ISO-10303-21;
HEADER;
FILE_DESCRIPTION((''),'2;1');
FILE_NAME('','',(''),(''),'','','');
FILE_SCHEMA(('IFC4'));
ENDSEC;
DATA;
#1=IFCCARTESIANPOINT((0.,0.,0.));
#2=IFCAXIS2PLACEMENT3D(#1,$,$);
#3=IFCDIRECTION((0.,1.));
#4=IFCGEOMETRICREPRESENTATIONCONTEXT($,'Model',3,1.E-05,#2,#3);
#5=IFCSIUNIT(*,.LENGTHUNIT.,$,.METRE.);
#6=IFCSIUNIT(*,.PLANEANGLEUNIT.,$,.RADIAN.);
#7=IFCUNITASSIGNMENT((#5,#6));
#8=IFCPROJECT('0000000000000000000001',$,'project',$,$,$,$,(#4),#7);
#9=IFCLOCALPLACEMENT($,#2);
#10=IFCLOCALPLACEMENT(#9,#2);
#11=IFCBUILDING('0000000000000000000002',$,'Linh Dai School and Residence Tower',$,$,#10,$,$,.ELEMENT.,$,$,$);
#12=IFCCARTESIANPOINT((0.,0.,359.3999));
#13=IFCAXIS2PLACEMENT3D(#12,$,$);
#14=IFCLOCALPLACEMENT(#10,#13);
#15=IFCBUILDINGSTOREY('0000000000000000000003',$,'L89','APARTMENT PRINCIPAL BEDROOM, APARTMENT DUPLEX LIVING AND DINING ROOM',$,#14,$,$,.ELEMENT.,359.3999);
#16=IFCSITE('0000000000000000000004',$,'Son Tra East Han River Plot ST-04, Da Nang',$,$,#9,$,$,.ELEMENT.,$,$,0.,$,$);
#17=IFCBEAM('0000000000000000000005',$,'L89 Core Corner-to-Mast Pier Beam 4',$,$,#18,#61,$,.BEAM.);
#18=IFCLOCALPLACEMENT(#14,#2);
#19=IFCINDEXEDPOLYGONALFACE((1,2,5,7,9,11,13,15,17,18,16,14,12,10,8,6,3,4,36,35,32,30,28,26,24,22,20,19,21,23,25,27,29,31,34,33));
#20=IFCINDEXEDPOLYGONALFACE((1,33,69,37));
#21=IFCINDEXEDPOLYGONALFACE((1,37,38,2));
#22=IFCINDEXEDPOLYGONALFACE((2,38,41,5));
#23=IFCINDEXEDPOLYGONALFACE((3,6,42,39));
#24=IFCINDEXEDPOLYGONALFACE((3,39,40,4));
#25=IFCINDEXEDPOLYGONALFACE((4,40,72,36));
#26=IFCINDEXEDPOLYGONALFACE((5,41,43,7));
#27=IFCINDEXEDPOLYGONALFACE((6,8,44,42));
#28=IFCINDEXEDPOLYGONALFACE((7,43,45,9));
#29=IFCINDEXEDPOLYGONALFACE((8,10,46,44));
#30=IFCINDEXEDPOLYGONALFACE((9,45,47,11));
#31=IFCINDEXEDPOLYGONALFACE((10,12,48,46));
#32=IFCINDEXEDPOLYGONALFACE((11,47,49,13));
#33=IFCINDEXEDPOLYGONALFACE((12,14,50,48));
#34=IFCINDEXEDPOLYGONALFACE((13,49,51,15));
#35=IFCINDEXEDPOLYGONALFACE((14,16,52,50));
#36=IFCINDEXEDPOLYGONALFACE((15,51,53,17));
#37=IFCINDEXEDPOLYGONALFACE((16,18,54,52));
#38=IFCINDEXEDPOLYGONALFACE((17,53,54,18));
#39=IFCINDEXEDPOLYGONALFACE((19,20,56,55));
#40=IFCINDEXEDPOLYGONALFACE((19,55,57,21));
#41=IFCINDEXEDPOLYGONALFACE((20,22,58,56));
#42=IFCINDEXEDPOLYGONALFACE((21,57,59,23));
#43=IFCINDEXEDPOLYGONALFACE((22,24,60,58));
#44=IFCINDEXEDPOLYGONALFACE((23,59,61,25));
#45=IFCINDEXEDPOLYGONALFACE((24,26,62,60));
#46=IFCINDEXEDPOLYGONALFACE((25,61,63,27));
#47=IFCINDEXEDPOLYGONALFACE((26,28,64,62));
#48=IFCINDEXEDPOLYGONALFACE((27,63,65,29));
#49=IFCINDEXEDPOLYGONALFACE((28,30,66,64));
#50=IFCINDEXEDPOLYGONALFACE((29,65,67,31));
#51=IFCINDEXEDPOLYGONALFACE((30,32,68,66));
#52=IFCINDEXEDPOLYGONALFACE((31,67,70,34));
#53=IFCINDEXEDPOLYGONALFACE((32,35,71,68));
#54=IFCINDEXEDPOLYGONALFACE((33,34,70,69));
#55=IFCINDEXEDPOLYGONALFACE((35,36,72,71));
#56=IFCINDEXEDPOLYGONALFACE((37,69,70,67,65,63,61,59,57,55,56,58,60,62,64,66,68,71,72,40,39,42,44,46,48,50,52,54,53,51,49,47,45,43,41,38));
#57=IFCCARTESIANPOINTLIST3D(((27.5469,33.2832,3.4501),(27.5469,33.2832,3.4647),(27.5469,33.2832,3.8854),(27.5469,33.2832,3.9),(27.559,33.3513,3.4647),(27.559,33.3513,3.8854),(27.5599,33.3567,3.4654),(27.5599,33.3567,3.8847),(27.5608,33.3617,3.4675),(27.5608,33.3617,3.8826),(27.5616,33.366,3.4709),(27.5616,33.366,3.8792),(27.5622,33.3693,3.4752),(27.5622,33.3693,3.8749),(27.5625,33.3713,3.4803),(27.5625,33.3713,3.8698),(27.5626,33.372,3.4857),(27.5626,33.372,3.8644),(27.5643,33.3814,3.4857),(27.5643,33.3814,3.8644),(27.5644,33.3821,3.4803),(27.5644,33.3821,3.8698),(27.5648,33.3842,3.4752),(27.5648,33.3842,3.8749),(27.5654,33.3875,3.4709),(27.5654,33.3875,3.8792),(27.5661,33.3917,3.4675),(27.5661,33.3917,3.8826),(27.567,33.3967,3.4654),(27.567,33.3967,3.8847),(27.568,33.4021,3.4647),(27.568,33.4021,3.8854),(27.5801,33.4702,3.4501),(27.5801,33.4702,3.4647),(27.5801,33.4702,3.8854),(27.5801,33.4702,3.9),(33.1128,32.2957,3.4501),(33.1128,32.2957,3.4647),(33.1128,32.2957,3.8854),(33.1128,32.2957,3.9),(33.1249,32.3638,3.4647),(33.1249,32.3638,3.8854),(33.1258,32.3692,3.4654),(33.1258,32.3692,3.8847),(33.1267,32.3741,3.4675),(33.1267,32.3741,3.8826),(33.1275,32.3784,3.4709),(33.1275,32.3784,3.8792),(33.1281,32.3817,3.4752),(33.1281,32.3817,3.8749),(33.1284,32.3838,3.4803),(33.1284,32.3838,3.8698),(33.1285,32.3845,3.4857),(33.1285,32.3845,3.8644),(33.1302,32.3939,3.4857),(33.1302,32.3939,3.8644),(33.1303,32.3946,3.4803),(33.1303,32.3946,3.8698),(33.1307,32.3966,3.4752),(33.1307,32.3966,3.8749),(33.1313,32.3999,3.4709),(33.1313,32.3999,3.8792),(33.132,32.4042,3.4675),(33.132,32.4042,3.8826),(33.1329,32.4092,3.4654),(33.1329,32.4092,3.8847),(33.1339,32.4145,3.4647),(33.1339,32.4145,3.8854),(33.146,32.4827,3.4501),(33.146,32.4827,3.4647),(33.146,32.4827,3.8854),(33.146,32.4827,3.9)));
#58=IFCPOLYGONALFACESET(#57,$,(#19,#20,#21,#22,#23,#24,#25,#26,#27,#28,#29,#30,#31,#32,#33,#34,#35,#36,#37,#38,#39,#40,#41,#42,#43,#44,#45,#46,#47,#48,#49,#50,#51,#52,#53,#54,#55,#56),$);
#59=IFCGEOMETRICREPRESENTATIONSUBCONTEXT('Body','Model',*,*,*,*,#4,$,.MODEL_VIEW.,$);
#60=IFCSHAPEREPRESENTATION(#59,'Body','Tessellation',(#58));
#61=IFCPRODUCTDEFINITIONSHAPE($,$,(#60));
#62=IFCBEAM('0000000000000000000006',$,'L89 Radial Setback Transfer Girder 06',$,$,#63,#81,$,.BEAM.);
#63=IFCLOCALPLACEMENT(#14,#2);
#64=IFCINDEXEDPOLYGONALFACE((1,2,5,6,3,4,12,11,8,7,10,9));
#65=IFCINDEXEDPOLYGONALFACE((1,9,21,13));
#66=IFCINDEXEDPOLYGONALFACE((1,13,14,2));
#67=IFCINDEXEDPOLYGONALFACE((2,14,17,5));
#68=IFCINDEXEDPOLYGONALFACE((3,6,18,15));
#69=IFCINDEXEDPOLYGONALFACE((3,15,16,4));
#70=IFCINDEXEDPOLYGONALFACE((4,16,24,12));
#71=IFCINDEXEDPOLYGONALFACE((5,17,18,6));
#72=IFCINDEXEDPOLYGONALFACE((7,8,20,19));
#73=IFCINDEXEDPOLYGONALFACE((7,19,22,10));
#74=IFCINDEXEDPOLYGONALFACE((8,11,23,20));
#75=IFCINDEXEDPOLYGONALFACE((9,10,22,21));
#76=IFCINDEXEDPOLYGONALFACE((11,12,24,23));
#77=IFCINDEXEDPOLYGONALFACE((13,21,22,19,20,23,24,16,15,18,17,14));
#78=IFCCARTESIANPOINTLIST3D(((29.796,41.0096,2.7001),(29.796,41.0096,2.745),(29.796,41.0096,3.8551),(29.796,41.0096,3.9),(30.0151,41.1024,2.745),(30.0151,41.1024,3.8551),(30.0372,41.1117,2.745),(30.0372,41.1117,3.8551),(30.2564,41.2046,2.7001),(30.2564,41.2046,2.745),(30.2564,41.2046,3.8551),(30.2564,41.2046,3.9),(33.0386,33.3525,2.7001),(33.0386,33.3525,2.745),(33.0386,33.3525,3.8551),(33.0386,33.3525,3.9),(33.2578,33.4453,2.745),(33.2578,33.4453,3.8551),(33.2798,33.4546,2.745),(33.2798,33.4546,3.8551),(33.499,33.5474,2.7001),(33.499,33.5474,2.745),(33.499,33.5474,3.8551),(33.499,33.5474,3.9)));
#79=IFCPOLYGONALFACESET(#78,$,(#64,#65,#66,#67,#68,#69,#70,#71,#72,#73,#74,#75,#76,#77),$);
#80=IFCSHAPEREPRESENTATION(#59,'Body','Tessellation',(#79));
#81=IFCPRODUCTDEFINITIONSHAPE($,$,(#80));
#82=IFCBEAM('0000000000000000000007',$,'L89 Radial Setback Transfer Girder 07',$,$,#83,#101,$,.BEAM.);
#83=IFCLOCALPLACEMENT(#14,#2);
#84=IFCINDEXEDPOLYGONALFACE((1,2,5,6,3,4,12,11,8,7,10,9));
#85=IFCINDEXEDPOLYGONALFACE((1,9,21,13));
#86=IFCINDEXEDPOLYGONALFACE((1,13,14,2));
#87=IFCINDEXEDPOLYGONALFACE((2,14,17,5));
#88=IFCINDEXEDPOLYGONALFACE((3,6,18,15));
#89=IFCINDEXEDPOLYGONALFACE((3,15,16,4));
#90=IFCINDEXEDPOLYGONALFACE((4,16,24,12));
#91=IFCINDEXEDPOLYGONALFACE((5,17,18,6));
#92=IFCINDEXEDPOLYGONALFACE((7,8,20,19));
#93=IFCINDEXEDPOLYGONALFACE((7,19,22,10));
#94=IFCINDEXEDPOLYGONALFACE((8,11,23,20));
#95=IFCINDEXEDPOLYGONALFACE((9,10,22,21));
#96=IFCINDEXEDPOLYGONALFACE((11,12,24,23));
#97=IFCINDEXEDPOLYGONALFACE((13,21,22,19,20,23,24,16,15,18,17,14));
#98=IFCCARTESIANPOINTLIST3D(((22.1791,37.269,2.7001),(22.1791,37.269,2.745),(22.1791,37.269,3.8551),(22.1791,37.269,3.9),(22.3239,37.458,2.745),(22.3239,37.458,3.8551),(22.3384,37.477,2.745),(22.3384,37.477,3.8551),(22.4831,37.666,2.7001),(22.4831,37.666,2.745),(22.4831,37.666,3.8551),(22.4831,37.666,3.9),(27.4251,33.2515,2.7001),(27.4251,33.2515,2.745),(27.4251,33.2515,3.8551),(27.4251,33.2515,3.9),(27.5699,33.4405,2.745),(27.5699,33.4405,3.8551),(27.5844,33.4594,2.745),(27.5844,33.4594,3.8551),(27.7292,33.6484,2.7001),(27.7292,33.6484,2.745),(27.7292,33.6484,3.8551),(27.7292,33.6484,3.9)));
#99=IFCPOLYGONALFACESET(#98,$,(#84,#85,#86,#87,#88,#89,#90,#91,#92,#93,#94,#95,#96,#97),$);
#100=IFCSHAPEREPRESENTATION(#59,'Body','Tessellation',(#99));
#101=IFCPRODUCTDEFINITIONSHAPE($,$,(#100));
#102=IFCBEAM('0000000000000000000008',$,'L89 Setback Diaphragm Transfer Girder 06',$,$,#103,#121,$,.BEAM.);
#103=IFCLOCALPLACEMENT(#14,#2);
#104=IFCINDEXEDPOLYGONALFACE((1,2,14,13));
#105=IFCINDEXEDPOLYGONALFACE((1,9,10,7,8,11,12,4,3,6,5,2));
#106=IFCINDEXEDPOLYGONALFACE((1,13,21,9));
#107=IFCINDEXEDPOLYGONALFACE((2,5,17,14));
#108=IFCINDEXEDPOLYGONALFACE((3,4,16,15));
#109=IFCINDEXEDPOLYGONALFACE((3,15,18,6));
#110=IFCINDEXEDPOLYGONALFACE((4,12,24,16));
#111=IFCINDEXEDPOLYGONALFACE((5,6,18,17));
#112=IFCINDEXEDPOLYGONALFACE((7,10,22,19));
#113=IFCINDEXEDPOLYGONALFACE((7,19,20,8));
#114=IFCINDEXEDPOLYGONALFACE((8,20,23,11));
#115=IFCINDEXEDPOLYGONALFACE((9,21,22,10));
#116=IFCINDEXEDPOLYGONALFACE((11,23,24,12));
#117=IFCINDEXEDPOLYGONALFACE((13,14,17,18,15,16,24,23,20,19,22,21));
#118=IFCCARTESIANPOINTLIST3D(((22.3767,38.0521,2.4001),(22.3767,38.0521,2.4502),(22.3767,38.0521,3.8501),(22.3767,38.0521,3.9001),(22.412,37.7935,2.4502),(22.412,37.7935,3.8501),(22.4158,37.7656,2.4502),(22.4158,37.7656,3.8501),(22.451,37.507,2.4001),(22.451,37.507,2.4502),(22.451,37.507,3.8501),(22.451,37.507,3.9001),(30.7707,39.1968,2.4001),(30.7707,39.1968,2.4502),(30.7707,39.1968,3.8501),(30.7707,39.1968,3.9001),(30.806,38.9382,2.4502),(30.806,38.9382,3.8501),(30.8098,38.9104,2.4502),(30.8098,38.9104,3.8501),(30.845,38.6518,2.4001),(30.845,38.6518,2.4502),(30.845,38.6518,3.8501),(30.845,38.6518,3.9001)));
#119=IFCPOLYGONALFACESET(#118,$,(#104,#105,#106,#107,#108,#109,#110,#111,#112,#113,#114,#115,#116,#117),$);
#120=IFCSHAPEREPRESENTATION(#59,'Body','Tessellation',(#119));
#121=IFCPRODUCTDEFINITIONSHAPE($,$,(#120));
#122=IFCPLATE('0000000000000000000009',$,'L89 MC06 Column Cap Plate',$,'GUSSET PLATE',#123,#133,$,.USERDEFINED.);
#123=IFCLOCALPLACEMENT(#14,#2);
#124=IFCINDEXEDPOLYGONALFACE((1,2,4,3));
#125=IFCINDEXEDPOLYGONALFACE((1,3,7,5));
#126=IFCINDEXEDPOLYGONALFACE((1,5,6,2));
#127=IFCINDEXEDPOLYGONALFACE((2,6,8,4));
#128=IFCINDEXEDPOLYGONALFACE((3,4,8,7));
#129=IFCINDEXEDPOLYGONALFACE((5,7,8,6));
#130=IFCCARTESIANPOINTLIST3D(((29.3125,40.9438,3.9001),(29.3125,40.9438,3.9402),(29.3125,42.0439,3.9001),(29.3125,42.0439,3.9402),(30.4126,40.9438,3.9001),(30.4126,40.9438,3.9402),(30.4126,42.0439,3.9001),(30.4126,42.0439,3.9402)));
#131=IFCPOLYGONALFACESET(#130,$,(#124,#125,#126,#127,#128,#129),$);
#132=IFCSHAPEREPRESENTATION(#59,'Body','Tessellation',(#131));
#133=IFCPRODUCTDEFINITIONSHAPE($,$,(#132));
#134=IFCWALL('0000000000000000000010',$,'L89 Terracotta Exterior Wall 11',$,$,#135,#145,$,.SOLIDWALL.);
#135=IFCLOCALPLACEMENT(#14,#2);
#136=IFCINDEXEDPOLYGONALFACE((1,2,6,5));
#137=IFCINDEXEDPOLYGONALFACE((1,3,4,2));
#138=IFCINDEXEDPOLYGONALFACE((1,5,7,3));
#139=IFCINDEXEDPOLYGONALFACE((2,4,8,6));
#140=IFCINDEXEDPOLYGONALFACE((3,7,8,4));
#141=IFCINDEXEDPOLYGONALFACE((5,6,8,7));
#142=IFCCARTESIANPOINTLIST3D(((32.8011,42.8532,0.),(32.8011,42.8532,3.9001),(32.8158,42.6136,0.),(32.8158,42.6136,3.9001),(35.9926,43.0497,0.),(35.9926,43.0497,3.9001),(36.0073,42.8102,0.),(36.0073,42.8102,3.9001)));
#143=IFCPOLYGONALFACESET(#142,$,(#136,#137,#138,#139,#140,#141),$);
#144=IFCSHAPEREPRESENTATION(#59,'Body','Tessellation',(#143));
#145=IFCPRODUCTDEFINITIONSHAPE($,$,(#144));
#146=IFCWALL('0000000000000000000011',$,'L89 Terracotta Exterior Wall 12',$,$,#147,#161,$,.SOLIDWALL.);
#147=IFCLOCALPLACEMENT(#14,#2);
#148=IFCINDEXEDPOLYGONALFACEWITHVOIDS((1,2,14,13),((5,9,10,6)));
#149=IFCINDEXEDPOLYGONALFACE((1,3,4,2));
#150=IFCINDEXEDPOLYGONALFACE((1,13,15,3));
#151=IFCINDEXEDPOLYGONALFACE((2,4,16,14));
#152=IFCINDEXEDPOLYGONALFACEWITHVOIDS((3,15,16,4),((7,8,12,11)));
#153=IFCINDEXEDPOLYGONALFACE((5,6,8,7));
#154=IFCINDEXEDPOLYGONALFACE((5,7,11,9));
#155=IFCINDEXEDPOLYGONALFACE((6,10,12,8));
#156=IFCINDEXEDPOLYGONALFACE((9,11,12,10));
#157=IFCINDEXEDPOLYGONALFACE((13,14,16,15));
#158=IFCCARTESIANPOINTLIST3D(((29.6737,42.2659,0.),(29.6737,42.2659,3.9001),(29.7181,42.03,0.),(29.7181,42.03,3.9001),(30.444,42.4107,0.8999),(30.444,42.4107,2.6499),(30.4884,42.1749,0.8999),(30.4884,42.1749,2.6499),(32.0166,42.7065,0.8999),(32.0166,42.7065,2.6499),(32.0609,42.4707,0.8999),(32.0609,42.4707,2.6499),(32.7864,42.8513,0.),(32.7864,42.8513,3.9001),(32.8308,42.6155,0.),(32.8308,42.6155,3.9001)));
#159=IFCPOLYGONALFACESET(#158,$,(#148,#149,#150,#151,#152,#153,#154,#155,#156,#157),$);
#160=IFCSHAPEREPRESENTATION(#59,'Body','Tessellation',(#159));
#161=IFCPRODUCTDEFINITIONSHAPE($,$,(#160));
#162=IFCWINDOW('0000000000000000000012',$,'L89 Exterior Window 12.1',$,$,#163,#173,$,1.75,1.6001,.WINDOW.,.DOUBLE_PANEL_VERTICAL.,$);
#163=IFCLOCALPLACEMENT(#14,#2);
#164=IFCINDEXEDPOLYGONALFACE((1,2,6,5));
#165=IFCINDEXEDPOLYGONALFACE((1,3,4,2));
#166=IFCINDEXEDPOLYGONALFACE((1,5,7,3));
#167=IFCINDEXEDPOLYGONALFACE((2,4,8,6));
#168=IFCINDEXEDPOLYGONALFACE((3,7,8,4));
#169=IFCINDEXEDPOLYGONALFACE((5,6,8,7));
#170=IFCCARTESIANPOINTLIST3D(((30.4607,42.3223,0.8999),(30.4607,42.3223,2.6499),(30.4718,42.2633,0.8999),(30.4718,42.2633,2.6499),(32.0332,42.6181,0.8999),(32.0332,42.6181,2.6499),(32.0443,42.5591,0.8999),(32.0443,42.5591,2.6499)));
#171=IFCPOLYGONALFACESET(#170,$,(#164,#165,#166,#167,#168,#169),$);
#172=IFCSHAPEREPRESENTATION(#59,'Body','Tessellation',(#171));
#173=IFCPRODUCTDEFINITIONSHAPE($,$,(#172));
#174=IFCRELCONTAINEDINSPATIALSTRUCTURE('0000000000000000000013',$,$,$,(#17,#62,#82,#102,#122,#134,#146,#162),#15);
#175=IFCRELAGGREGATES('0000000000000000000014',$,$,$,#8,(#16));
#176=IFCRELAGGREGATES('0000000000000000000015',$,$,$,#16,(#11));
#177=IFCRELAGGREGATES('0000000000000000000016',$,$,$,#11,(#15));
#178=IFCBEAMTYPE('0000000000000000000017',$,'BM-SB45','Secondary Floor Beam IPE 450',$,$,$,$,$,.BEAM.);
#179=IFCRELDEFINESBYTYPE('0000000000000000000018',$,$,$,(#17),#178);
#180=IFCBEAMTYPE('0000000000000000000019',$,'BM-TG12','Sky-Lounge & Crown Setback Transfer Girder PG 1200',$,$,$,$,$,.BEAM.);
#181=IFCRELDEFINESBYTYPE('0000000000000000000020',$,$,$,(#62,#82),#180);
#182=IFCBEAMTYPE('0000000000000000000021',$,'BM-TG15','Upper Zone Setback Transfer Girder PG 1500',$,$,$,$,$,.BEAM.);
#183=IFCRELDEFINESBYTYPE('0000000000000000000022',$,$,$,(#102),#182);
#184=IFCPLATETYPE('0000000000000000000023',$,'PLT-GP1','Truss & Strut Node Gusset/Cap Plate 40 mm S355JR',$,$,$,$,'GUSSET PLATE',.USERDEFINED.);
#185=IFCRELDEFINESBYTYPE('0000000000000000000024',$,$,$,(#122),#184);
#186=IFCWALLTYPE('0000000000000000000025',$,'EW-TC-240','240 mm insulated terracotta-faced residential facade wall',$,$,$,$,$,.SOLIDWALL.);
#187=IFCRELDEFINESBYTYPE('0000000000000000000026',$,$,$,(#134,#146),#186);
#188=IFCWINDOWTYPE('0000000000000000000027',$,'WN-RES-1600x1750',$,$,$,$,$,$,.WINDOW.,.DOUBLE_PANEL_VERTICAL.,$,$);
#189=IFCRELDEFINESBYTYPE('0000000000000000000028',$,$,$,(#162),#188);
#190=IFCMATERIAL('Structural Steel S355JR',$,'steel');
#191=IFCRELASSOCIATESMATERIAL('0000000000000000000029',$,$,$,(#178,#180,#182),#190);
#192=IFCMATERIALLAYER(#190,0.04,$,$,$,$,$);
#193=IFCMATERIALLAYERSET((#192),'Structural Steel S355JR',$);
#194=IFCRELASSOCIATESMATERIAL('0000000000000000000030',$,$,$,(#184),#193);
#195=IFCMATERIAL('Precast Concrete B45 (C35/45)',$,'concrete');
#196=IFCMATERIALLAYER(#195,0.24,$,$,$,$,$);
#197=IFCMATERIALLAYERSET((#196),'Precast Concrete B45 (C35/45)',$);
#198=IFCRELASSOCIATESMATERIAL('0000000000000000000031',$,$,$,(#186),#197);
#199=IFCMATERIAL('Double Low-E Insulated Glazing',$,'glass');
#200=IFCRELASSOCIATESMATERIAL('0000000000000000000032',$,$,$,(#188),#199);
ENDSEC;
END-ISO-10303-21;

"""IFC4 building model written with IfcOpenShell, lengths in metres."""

from ifc_helpers import new_model, si_unit, direction, frame, frame_2d, origin, origin_2d, place, context, subcontext, project, spatial, rectangle, i_section, extrude, source, transform, mapped, material, layer, layer_set, material_profile, profile_set, type_object, element, fill, save


model = new_model("IFC4")

# Units and contexts
model_context = context("Model", 3, precision=1e-05, world=origin(), true_north=direction((0.0, 1.0)))
body_context = subcontext(model_context, "Body", "Model", "MODEL_VIEW")
ifc_project = project(units=[si_unit("LENGTHUNIT", "METRE"), si_unit("PLANEANGLEUNIT", "RADIAN")], contexts=[model_context])

# Site, building, storey
site_placement = place(None, origin())
site = spatial("IfcSite", under=ifc_project, at=site_placement, Name="Son Tra East Han River Plot ST-04, Da Nang", CompositionType="ELEMENT", RefElevation=0.0)
building_placement = place(site_placement, origin())
building = spatial("IfcBuilding", under=site, at=building_placement, Name="Linh Dai School and Residence Tower", CompositionType="ELEMENT")
storey_placement = place(building_placement, frame((0.0, 0.0, 359.3999)))
storey = spatial("IfcBuildingStorey", under=building, at=storey_placement, Name="L89", Description="APARTMENT PRINCIPAL BEDROOM, APARTMENT DUPLEX LIVING AND DINING ROOM", CompositionType="ELEMENT", Elevation=359.3999)

# Shared definitions
ifc_material_1 = material(Name="Structural Steel S355JR", Category="steel")

# Beams
ifc_material_profile_1 = material_profile(ifc_material_1, i_section(OverallWidth=0.1899, OverallDepth=0.45, WebThickness=0.0095, FlangeThickness=0.0146, FilletRadius=0.021, at=origin_2d()), Name="IPE 450")
ifc_profile_set_1 = profile_set([ifc_material_profile_1], Name="Structural Steel S355JR")
beam_type_1 = type_object("IfcBeamType", Name="BM-SB45", Description="Secondary Floor Beam IPE 450", PredefinedType="BEAM", material=ifc_profile_set_1)
beam_1_placement = place(storey_placement, frame((27.5635, 33.3767, 3.675), z_axis=(0.984622, -0.174699, 0.0), x_axis=(0.174699, 0.984622, 0.0)))
element("IfcBeam", 1, at=beam_1_placement, inside=storey, type_object=beam_type_1, Name="L89 Core Corner-to-Mast Pier Beam 4", PredefinedType="BEAM", context=body_context, shape_type="SweptSolid", body=[
    extrude(i_section(OverallWidth=0.1899, OverallDepth=0.45, WebThickness=0.0095, FlangeThickness=0.0146, FilletRadius=0.021, at=origin_2d()), origin(), (0.0, 0.0, 1.0), 5.6528),
])
ifc_material_profile_2 = material_profile(ifc_material_1, i_section(OverallWidth=0.5, OverallDepth=1.2, WebThickness=0.0239, FlangeThickness=0.0449, at=origin_2d()), Name="PG 1200x500x24x45")
ifc_profile_set_2 = profile_set([ifc_material_profile_2], Name="Structural Steel S355JR")
beam_type_2 = type_object("IfcBeamType", Name="BM-TG12", Description="Sky-Lounge & Crown Setback Transfer Girder PG 1200", PredefinedType="BEAM", material=ifc_profile_set_2)
beam_2_placement = place(storey_placement, frame((33.2688, 33.45, 3.3), z_axis=(-0.389954, 0.920834, 0.0), x_axis=(-0.920834, -0.389954, 0.0)))
element("IfcBeam", 2, at=beam_2_placement, inside=storey, type_object=beam_type_2, Name="L89 Radial Setback Transfer Girder 06", PredefinedType="BEAM", context=body_context, shape_type="SweptSolid", body=[
    extrude(i_section(OverallWidth=0.5, OverallDepth=1.2, WebThickness=0.0239, FlangeThickness=0.0449, at=origin_2d()), origin(), (0.0, 0.0, 1.0), 8.3154),
])
beam_3_placement = place(storey_placement, frame((27.5771, 33.45, 3.3), z_axis=(-0.79393, 0.608009, 0.0), x_axis=(-0.608009, -0.79393, 0.0)))
element("IfcBeam", 3, at=beam_3_placement, inside=storey, type_object=beam_type_2, Name="L89 Radial Setback Transfer Girder 07", PredefinedType="BEAM", context=body_context, shape_type="SweptSolid", body=[
    extrude(i_section(OverallWidth=0.5, OverallDepth=1.2, WebThickness=0.0239, FlangeThickness=0.0449, at=origin_2d()), origin(), (0.0, 0.0, 1.0), 6.6077),
])
ifc_material_profile_3 = material_profile(ifc_material_1, i_section(OverallWidth=0.55, OverallDepth=1.5, WebThickness=0.0281, FlangeThickness=0.05, at=origin_2d()), Name="PG 1500x550x28x50")
ifc_profile_set_3 = profile_set([ifc_material_profile_3], Name="Structural Steel S355JR")
beam_type_3 = type_object("IfcBeamType", Name="BM-TG15", Description="Upper Zone Setback Transfer Girder PG 1500", PredefinedType="BEAM", material=ifc_profile_set_3)
beam_4_placement = place(storey_placement, frame((30.8079, 38.9243, 3.1501), z_axis=(-0.990828, -0.135129, 0.0), x_axis=(0.135129, -0.990828, 0.0)))
element("IfcBeam", 4, at=beam_4_placement, inside=storey, type_object=beam_type_3, Name="L89 Setback Diaphragm Transfer Girder 06", PredefinedType="BEAM", context=body_context, shape_type="SweptSolid", body=[
    extrude(i_section(OverallWidth=0.55, OverallDepth=1.5, WebThickness=0.0281, FlangeThickness=0.05, at=origin_2d()), origin(), (0.0, 0.0, 1.0), 8.4717),
])

# Plate
ifc_layer_1 = layer(ifc_material_1, 0.04)
ifc_layer_set_1 = layer_set([ifc_layer_1], Name="Structural Steel S355JR")
plate_type = type_object("IfcPlateType", Name="PLT-GP1", Description="Truss & Strut Node Gusset/Cap Plate 40 mm S355JR", ElementType="GUSSET PLATE", PredefinedType="USERDEFINED", material=ifc_layer_set_1)
shared_shape_1 = source(origin(), body_context, "Body", "SweptSolid", [
    extrude(rectangle(XDim=1.1001, YDim=1.1001, at=origin_2d()), origin(), (0.0, 0.0, 1.0), 0.04),
])
plate_placement = place(storey_placement, frame((29.8625, 41.4939, 3.9001), z_axis=(0.0, 0.0, 1.0), x_axis=(1.0, 0.0, 0.0)))
element("IfcPlate", 5, at=plate_placement, inside=storey, type_object=plate_type, Name="L89 MC06 Column Cap Plate", ObjectType="GUSSET PLATE", PredefinedType="USERDEFINED", context=body_context, shape_type="MappedRepresentation", body=[
    mapped(shared_shape_1, transform((0.0, 0.0, 0.0), x_axis=(1.0, 0.0, 0.0), y_axis=(0.0, 1.0, 0.0), z_axis=(0.0, 0.0, 1.0), scale=1.0)),
])

# Wall
ifc_material_2 = material(Name="Precast Concrete B45 (C35/45)", Category="concrete")
ifc_layer_2 = layer(ifc_material_2, 0.24)
ifc_layer_set_2 = layer_set([ifc_layer_2], Name="Precast Concrete B45 (C35/45)")
wall_type_1 = type_object("IfcWallType", Name="EW-TC-240", Description="240 mm insulated terracotta-faced residential facade wall", PredefinedType="SOLIDWALL", material=ifc_layer_set_2)
wall_1_placement = place(storey_placement, frame((32.8086, 42.7334, 0.0), z_axis=(0.0, 0.0, 1.0), x_axis=(0.998109, 0.061466, 0.0)))
element("IfcWall", 6, at=wall_1_placement, inside=storey, type_object=wall_type_1, Name="L89 Terracotta Exterior Wall 11", PredefinedType="SOLIDWALL", context=body_context, shape_type="SweptSolid", body=[
    extrude(rectangle(XDim=3.1975, YDim=0.24, at=frame_2d((1.5986, 0.0))), origin(), (0.0, 0.0, 1.0), 3.9001),
])

# Wall, opening, window
wall_2_placement = place(storey_placement, frame((29.696, 42.1479, 0.0), z_axis=(0.0, 0.0, 1.0), x_axis=(0.982766, 0.184852, 0.0)))
wall_2 = element("IfcWall", 7, at=wall_2_placement, inside=storey, type_object=wall_type_1, Name="L89 Terracotta Exterior Wall 12", PredefinedType="SOLIDWALL", context=body_context, shape_type="SweptSolid", body=[
    extrude(rectangle(XDim=3.1672, YDim=0.24, at=frame_2d((1.5835, 0.0))), origin(), (0.0, 0.0, 1.0), 3.9001),
])
opening_1_placement = place(wall_2_placement, frame((0.7837, 0.0, 0.8999)))
opening_1 = element("IfcOpeningElement", 8, at=opening_1_placement, cuts=wall_2, PredefinedType="OPENING", context=body_context, shape_type="SweptSolid", body=[
    extrude(rectangle(XDim=1.6001, YDim=1.75, at=origin_2d()), frame((0.8, 0.1299, 0.875), z_axis=(0.0, -1.0, 0.0), x_axis=(1.0, 0.0, 0.0)), (0.0, 0.0, 1.0), 0.26),
])
ifc_material_3 = material(Name="Double Low-E Insulated Glazing", Category="glass")
window_type = type_object("IfcWindowType", Name="WN-RES-1600x1750", PartitioningType="DOUBLE_PANEL_VERTICAL", PredefinedType="WINDOW", material=ifc_material_3)
shared_shape_2 = source(origin(), body_context, "Body", "SweptSolid", [
    extrude(rectangle(XDim=1.6001, YDim=1.75, at=origin_2d()), frame((0.8, 0.03, 0.875), z_axis=(0.0, -1.0, 0.0), x_axis=(1.0, 0.0, 0.0)), (0.0, 0.0, 1.0), 0.0601),
])
window_placement = place(opening_1_placement, origin())
window = element("IfcWindow", 9, at=window_placement, inside=storey, type_object=window_type, Name="L89 Exterior Window 12.1", OverallHeight=1.75, OverallWidth=1.6001, PartitioningType="DOUBLE_PANEL_VERTICAL", PredefinedType="WINDOW", context=body_context, shape_type="MappedRepresentation", body=[
    mapped(shared_shape_2, transform((0.0, 0.0, 0.0), x_axis=(1.0, 0.0, 0.0), y_axis=(0.0, 1.0, 0.0), z_axis=(0.0, 0.0, 1.0), scale=1.0)),
])
fill(opening_1, window)

save(model, "model.ifc")
